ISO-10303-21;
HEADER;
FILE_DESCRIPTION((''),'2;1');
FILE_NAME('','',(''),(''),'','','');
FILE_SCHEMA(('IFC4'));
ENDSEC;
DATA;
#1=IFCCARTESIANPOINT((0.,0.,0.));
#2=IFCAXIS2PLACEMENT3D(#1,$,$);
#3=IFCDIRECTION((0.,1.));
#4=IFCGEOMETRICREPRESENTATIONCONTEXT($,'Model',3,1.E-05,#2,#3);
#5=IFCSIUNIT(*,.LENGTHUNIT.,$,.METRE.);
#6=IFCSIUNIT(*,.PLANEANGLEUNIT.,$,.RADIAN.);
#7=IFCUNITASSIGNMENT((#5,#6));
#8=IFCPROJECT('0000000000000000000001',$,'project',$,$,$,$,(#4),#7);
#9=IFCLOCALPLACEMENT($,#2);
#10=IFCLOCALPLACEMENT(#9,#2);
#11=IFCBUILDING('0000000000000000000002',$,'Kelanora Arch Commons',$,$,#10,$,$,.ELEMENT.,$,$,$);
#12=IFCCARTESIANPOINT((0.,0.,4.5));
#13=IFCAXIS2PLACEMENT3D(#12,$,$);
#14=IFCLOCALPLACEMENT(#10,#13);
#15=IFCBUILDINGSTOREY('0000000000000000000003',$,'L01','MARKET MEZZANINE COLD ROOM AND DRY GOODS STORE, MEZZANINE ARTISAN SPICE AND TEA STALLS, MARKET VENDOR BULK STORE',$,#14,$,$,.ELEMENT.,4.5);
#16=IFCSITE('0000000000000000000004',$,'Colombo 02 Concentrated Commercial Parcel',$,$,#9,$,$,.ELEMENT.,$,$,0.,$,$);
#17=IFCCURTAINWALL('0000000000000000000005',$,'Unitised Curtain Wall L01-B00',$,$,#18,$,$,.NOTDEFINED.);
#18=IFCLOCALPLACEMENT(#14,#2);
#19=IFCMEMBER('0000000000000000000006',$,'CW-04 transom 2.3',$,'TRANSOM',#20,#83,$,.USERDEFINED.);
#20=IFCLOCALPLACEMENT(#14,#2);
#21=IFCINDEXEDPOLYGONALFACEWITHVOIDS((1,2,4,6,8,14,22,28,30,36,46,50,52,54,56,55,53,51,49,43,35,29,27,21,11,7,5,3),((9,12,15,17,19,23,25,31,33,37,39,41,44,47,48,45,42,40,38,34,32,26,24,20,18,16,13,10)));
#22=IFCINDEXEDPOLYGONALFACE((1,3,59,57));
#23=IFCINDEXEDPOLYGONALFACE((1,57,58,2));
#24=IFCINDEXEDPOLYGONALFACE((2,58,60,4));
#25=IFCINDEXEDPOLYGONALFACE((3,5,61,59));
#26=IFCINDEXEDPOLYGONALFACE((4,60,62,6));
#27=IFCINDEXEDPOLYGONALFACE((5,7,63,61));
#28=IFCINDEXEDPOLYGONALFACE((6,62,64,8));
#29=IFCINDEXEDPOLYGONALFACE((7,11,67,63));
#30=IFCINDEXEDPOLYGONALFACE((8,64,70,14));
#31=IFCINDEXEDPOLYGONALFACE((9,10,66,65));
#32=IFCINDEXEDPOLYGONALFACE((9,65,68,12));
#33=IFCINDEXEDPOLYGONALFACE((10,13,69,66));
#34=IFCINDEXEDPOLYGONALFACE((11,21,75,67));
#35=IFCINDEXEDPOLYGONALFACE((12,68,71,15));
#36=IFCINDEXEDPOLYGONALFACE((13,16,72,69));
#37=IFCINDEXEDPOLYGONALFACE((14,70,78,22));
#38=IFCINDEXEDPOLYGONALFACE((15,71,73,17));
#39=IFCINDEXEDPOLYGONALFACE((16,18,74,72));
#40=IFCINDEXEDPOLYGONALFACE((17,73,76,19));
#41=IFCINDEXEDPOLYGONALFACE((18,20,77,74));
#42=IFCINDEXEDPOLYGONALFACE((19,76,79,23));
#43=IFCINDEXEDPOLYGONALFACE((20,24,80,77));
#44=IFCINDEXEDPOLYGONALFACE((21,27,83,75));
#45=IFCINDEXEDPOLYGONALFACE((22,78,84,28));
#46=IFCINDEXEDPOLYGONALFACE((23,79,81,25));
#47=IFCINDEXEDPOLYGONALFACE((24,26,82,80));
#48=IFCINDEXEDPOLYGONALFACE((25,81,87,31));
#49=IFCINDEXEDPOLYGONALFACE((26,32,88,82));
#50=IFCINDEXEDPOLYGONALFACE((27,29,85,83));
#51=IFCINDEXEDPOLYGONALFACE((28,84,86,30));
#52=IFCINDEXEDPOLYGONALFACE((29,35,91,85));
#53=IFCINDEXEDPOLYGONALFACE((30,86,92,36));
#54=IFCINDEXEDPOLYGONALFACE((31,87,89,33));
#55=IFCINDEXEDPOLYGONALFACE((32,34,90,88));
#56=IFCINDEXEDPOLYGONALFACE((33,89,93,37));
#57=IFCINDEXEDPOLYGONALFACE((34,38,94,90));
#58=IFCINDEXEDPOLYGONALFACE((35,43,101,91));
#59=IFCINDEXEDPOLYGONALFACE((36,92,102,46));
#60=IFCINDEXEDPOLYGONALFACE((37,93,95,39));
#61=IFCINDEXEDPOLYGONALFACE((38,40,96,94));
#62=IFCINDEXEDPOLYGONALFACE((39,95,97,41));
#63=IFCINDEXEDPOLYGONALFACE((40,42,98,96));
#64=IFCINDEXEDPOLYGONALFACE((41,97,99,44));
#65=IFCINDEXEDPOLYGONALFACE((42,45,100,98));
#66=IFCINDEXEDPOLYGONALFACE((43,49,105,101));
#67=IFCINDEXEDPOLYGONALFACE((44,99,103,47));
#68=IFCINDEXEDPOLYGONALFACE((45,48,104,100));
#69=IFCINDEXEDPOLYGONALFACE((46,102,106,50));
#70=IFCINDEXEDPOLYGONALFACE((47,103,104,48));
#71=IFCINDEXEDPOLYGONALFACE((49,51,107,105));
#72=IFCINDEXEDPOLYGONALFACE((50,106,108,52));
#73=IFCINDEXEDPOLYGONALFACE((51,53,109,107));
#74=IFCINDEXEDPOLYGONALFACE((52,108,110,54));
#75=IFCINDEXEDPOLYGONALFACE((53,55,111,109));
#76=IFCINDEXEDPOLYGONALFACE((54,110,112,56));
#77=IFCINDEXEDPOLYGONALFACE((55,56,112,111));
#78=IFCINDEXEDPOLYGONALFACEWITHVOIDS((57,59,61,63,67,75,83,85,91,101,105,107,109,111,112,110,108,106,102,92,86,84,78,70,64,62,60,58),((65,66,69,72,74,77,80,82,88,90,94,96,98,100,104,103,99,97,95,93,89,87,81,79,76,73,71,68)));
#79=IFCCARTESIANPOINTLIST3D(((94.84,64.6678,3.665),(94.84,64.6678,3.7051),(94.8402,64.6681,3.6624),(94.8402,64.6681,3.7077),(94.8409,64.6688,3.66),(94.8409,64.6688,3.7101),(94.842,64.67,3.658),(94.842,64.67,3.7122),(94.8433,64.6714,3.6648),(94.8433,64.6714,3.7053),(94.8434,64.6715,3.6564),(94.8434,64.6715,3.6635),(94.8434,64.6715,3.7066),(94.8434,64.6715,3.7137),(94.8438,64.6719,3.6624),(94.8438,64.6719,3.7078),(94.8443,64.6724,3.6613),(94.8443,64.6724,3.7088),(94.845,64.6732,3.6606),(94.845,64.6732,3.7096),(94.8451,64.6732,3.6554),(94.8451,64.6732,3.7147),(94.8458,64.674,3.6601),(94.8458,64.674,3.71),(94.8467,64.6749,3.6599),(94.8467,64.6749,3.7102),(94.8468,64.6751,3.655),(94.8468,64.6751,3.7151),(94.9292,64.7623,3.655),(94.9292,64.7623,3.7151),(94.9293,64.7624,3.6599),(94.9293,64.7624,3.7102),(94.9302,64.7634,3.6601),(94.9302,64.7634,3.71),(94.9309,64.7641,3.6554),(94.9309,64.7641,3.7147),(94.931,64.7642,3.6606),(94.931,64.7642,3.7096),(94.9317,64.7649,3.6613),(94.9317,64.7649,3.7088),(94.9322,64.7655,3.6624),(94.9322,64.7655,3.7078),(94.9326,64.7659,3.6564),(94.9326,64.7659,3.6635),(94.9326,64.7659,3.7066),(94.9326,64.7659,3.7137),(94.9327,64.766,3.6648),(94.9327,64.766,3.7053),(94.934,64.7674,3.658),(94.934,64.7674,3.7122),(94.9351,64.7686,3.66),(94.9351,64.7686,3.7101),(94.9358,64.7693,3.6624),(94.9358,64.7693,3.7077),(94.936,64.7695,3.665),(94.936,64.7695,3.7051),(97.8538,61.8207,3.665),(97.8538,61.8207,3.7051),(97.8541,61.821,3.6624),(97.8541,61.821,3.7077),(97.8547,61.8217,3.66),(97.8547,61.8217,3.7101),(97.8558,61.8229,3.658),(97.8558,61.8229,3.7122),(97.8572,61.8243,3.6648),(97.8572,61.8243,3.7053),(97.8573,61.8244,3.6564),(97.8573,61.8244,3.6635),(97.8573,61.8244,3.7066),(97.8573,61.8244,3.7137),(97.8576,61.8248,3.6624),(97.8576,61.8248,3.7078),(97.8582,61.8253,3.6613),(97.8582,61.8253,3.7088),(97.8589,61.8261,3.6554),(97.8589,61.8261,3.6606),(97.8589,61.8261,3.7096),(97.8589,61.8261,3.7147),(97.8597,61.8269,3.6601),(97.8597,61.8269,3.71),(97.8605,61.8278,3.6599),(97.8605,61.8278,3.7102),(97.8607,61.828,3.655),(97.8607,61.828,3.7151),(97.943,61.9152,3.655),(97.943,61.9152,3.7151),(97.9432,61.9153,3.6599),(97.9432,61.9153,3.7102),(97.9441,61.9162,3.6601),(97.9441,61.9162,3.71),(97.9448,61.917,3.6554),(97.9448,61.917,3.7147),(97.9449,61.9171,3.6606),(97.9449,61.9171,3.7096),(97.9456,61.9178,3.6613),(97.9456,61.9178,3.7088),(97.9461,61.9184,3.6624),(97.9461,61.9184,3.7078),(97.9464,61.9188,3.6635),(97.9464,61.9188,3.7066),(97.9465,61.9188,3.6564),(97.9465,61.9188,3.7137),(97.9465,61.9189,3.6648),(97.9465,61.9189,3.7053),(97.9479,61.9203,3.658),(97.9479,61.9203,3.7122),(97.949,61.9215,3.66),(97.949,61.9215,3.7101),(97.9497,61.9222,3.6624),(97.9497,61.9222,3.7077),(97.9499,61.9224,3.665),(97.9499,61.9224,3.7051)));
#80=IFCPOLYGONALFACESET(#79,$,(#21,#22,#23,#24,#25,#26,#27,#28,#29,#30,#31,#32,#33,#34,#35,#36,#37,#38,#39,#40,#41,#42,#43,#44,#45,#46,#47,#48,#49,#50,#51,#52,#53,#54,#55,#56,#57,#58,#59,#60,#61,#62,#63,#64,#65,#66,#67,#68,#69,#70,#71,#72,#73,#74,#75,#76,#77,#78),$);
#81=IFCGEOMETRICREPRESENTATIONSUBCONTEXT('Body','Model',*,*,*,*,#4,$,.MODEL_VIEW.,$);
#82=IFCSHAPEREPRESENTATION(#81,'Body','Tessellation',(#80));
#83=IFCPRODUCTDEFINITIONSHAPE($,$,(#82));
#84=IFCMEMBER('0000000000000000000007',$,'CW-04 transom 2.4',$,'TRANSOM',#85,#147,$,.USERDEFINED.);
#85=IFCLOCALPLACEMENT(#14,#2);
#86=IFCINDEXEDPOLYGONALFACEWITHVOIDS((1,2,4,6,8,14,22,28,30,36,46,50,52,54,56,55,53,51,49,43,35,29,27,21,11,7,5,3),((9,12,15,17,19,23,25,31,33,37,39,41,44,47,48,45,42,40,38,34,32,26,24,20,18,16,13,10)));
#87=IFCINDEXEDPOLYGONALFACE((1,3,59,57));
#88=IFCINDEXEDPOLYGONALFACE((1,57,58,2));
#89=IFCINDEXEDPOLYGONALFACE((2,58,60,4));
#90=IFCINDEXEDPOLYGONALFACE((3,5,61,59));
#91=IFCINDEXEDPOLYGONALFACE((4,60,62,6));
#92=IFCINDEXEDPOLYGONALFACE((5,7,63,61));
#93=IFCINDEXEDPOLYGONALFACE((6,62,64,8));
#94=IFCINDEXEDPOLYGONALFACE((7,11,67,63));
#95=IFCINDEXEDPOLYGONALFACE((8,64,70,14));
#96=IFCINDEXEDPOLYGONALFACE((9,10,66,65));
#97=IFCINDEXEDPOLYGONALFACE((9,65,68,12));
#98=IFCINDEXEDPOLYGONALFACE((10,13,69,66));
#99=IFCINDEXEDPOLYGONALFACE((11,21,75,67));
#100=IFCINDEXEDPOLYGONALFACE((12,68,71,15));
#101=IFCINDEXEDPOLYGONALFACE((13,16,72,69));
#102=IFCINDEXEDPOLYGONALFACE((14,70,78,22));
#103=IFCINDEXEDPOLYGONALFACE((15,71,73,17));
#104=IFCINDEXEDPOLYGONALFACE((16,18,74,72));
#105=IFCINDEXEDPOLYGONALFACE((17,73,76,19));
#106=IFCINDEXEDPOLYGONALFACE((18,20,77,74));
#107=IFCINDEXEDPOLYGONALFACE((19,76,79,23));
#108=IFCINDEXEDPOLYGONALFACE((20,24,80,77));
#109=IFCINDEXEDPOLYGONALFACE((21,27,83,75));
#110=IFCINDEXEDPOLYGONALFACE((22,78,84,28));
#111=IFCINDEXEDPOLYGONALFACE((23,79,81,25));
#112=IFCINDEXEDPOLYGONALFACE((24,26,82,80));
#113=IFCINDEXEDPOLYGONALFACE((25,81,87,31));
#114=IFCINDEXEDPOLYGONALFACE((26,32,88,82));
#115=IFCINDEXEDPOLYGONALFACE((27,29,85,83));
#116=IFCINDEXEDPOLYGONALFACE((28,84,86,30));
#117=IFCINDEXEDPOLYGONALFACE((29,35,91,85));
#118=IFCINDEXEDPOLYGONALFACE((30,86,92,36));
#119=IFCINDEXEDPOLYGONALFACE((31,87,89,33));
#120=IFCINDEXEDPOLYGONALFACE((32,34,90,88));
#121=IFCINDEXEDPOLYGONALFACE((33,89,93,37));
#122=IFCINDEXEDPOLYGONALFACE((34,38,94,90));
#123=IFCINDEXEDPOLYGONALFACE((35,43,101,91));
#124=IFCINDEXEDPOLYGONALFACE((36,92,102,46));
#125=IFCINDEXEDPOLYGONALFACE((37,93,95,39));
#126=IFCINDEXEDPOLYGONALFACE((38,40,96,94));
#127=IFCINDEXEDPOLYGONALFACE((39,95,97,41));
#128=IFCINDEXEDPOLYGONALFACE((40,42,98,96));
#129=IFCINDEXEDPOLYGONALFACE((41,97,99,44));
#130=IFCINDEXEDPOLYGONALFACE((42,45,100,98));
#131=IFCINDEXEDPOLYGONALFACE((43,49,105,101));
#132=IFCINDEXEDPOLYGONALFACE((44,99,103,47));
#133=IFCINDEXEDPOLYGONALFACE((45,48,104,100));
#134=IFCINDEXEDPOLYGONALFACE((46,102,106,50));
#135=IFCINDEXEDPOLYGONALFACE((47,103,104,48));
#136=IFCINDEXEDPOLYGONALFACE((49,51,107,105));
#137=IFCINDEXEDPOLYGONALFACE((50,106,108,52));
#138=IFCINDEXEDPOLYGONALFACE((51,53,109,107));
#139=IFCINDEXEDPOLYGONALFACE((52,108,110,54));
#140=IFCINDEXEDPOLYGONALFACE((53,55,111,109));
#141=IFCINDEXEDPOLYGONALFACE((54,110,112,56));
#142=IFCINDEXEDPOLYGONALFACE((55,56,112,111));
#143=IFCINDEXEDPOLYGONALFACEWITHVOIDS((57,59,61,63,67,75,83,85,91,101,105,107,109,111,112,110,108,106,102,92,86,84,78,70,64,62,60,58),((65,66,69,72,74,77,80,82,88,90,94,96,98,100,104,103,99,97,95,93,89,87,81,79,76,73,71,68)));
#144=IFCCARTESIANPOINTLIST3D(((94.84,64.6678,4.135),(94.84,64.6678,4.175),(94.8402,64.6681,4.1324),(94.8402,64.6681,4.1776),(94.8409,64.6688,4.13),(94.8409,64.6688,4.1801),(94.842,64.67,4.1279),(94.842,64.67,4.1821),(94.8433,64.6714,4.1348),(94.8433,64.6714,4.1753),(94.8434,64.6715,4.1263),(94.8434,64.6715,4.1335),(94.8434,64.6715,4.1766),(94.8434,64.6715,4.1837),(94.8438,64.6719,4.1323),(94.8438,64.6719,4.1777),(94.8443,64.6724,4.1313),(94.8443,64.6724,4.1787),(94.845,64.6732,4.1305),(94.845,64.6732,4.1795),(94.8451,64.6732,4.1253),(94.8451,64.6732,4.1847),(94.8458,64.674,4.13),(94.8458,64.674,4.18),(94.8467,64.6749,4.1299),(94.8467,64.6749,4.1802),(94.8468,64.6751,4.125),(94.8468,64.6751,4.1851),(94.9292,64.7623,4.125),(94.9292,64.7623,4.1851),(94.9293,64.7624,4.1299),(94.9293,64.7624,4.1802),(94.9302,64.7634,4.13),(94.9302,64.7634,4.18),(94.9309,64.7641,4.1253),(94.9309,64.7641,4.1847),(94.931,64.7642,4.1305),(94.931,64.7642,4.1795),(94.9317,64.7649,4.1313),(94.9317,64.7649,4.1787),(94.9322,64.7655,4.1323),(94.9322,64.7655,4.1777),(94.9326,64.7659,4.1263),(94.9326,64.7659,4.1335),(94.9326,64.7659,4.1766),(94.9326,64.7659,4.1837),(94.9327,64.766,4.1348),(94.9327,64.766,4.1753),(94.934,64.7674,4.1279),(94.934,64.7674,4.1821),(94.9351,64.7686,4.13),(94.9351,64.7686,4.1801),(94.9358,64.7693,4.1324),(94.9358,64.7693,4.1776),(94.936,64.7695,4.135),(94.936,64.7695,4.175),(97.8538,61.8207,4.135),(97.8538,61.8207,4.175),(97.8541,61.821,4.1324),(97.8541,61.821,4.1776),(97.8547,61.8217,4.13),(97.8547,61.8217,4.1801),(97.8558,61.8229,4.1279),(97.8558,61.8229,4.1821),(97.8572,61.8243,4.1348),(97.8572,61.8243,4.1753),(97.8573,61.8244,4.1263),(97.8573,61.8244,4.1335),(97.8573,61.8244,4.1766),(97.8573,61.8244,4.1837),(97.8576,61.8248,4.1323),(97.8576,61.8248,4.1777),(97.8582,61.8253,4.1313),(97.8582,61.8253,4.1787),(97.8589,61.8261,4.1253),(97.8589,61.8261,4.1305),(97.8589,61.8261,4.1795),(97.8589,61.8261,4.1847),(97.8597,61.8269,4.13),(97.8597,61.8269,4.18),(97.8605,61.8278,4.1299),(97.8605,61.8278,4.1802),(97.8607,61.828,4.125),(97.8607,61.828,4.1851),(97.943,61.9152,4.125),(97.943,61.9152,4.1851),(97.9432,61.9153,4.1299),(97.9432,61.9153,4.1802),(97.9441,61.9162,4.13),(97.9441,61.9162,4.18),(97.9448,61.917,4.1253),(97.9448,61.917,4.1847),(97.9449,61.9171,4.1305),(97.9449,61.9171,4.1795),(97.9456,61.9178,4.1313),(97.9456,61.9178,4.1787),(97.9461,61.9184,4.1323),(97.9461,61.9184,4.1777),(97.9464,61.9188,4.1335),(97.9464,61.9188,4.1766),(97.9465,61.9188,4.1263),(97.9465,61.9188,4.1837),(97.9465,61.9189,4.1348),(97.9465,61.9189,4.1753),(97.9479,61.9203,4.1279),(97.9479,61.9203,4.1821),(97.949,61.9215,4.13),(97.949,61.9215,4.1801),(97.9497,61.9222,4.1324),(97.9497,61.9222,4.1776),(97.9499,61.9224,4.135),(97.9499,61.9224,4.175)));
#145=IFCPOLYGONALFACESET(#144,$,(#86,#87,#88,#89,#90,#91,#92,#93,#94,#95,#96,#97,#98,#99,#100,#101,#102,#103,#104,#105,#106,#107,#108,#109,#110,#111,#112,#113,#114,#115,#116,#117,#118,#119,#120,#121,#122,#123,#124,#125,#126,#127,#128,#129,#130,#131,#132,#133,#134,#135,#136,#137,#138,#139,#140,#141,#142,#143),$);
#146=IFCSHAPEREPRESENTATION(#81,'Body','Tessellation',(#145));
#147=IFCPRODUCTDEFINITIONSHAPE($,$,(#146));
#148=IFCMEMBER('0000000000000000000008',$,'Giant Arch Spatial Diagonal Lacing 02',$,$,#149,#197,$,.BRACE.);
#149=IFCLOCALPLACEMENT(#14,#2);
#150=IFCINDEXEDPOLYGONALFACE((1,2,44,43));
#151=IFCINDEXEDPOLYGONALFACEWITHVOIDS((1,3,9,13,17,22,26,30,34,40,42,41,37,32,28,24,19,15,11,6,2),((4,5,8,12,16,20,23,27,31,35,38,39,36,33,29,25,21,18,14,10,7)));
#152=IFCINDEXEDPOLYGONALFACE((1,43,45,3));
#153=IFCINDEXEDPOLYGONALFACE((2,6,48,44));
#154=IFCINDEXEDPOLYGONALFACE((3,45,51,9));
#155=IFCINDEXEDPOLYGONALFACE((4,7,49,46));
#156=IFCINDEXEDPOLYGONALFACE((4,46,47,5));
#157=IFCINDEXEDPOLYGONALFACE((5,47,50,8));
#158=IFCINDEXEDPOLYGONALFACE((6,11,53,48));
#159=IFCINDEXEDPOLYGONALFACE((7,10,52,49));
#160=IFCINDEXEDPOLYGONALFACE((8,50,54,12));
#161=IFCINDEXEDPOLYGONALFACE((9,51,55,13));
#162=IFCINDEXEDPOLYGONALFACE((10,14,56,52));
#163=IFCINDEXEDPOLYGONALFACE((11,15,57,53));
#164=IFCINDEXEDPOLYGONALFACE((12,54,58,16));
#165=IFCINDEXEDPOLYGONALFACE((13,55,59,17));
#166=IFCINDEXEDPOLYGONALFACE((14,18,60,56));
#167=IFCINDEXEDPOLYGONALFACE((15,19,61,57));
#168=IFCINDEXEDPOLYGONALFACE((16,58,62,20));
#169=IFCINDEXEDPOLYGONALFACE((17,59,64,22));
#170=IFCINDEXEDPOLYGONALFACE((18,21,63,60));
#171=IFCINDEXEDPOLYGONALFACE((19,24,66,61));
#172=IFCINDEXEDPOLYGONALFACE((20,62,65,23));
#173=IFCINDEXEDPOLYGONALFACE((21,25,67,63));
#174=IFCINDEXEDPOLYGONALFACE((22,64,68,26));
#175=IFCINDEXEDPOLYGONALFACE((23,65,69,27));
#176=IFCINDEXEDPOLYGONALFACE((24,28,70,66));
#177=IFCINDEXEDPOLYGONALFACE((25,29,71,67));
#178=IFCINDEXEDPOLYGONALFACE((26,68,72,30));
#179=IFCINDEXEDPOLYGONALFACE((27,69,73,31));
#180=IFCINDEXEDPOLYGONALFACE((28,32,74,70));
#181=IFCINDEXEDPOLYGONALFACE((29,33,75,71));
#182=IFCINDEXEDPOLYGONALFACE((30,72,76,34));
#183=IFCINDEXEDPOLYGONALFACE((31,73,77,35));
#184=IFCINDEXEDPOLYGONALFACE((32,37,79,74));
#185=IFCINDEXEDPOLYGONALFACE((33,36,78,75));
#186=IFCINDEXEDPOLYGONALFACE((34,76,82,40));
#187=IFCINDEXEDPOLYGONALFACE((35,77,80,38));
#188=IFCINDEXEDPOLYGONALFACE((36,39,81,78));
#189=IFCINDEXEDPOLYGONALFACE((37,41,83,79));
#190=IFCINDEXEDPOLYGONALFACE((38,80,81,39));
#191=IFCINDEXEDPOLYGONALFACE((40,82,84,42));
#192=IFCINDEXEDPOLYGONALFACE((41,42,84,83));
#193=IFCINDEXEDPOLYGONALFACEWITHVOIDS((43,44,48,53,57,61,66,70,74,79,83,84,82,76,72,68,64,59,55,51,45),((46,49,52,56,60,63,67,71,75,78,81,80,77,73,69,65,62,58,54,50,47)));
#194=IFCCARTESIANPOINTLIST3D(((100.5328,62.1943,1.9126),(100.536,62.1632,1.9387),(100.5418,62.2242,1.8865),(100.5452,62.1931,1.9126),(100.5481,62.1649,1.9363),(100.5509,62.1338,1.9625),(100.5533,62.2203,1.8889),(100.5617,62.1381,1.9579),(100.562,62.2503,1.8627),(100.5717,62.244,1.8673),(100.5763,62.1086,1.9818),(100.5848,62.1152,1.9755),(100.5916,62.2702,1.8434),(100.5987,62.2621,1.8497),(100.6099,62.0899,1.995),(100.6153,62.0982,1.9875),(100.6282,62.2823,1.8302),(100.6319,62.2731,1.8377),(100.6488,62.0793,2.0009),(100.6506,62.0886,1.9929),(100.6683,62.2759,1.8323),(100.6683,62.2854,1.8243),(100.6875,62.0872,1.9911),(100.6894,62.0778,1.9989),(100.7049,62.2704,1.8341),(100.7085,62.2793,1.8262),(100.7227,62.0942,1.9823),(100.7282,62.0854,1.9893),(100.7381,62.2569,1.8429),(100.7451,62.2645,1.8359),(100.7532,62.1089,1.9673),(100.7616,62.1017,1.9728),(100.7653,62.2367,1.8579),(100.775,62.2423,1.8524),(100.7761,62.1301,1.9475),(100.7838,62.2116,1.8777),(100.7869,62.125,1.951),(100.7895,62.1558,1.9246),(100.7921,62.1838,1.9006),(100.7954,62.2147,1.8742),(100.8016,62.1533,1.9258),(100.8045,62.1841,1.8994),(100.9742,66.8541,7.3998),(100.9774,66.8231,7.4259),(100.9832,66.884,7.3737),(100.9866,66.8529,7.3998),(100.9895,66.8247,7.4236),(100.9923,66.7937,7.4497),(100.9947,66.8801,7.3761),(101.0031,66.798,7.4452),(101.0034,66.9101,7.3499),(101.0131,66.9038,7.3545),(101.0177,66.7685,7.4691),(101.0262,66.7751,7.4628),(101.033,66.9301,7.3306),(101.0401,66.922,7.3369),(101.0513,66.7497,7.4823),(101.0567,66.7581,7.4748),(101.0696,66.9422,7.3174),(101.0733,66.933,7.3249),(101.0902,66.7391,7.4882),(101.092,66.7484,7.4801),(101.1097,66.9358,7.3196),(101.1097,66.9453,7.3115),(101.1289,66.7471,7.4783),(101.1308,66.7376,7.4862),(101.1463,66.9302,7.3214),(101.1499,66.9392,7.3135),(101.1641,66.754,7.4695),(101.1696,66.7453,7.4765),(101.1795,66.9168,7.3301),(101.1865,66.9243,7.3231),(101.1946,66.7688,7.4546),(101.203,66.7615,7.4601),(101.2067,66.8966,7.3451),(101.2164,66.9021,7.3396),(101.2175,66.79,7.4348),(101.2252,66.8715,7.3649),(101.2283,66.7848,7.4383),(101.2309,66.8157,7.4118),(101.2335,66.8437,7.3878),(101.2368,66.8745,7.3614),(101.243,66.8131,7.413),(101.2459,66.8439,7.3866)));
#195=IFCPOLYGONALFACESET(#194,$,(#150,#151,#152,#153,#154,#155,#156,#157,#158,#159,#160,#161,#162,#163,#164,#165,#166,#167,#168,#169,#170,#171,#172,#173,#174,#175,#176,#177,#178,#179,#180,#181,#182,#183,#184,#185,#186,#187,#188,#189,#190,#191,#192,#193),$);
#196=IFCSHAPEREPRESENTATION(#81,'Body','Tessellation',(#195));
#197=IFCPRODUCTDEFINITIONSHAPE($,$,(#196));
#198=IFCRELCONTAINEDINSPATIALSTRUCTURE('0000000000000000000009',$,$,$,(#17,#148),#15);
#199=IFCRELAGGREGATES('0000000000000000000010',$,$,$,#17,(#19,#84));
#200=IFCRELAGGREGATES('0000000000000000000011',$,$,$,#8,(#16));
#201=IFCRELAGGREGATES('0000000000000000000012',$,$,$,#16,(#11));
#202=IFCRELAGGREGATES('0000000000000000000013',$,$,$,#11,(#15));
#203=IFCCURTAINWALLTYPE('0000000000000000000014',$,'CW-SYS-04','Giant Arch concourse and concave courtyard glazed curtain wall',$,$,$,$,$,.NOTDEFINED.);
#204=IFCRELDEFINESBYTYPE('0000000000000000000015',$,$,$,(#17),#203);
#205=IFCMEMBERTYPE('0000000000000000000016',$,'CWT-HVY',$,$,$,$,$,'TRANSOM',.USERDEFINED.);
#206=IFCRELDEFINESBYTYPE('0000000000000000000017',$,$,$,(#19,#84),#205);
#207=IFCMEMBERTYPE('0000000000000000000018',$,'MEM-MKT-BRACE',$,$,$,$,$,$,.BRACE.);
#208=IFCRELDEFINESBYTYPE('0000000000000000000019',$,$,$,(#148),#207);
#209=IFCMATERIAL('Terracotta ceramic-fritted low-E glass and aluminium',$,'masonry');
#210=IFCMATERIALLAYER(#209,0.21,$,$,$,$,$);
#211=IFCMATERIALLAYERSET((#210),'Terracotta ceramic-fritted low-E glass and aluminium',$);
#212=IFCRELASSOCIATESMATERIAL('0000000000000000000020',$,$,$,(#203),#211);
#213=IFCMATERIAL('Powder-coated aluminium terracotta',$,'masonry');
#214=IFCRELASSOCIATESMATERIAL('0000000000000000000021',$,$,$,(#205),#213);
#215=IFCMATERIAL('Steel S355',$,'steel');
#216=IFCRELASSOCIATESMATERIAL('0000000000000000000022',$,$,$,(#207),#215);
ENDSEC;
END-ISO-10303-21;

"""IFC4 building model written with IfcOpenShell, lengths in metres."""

from ifc_helpers import new_model, si_unit, direction, frame, origin, origin_2d, place, context, subcontext, project, spatial, hollow_rectangle, hollow_circle, extrude, material, layer, layer_set, material_profile, profile_set, type_object, element, aggregate, save


model = new_model("IFC4")

# Units and contexts
model_context = context("Model", 3, precision=1e-05, world=origin(), true_north=direction((0.0, 1.0)))
body_context = subcontext(model_context, "Body", "Model", "MODEL_VIEW")
ifc_project = project(units=[si_unit("LENGTHUNIT", "METRE"), si_unit("PLANEANGLEUNIT", "RADIAN")], contexts=[model_context])

# Site, building, storey
site_placement = place(None, origin())
site = spatial("IfcSite", under=ifc_project, at=site_placement, Name="Colombo 02 Concentrated Commercial Parcel", CompositionType="ELEMENT", RefElevation=0.0)
building_placement = place(site_placement, origin())
building = spatial("IfcBuilding", under=site, at=building_placement, Name="Kelanora Arch Commons", CompositionType="ELEMENT")
storey_placement = place(building_placement, frame((0.0, 0.0, 4.5)))
storey = spatial("IfcBuildingStorey", under=building, at=storey_placement, Name="L01", Description="MARKET MEZZANINE COLD ROOM AND DRY GOODS STORE, MEZZANINE ARTISAN SPICE AND TEA STALLS, MARKET VENDOR BULK STORE", CompositionType="ELEMENT", Elevation=4.5)

# Shared definitions
ifc_material_1 = material(Name="Steel S355", Category="steel")

# Curtain wall
ifc_material_2 = material(Name="Terracotta ceramic-fritted low-E glass and aluminium", Category="masonry")
ifc_layer_1 = layer(ifc_material_2, 0.21)
ifc_layer_set_1 = layer_set([ifc_layer_1], Name="Terracotta ceramic-fritted low-E glass and aluminium")
curtain_wall_type = type_object("IfcCurtainWallType", Name="CW-SYS-04", Description="Giant Arch concourse and concave courtyard glazed curtain wall", PredefinedType="NOTDEFINED", material=ifc_layer_set_1)
curtain_wall_1_placement = place(storey_placement, origin())
curtain_wall_1 = element("IfcCurtainWall", 1, at=curtain_wall_1_placement, inside=storey, type_object=curtain_wall_type, Name="Unitised Curtain Wall L01-B00", PredefinedType="NOTDEFINED")
ifc_material_3 = material(Name="Powder-coated aluminium terracotta", Category="masonry")

# Members
ifc_material_profile_1 = material_profile(ifc_material_3, hollow_rectangle(XDim=0.1399, YDim=0.0601, WallThickness=0.0049, InnerFilletRadius=0.0049, OuterFilletRadius=0.01, at=origin_2d()), Name="CWT140x60")
ifc_profile_set_1 = profile_set([ifc_material_profile_1], Name="Powder-coated aluminium terracotta")
member_type_1 = type_object("IfcMemberType", Name="CWT-HVY", ElementType="TRANSOM", PredefinedType="USERDEFINED", material=ifc_profile_set_1)
member_1_placement = place(storey_placement, frame((97.9019, 61.8716, 3.6851), z_axis=(-0.72693, 0.686712, 0.0), x_axis=(-0.686712, -0.72693, 0.0)))
member_1 = element("IfcMember", 2, at=member_1_placement, type_object=member_type_1, Name="CW-04 transom 2.3", ObjectType="TRANSOM", PredefinedType="USERDEFINED", context=body_context, shape_type="SweptSolid", body=[
    extrude(hollow_rectangle(XDim=0.1399, YDim=0.0601, WallThickness=0.0049, InnerFilletRadius=0.0049, OuterFilletRadius=0.01, at=origin_2d()), origin(), (0.0, 0.0, 1.0), 4.146),
])
member_2_placement = place(storey_placement, frame((97.9019, 61.8716, 4.155), z_axis=(-0.72693, 0.686712, 0.0), x_axis=(-0.686712, -0.72693, 0.0)))
member_2 = element("IfcMember", 3, at=member_2_placement, type_object=member_type_1, Name="CW-04 transom 2.4", ObjectType="TRANSOM", PredefinedType="USERDEFINED", context=body_context, shape_type="SweptSolid", body=[
    extrude(hollow_rectangle(XDim=0.1399, YDim=0.0601, WallThickness=0.0049, InnerFilletRadius=0.0049, OuterFilletRadius=0.01, at=origin_2d()), origin(), (0.0, 0.0, 1.0), 4.146),
])

# Member
ifc_material_profile_2 = material_profile(ifc_material_1, hollow_circle(Radius=0.1365, WallThickness=0.0125, at=origin_2d()), Name="CHS273x12.5")
ifc_profile_set_2 = profile_set([ifc_material_profile_2], Name="Steel S355")
member_type_2 = type_object("IfcMemberType", Name="MEM-MKT-BRACE", PredefinedType="BRACE", material=ifc_profile_set_2)
member_3_placement = place(storey_placement, frame((100.6687, 62.1814, 1.9126), z_axis=(0.0612, 0.646088, 0.760805), x_axis=(-0.995544, 0.094302, 0.0)))
element("IfcMember", 4, at=member_3_placement, inside=storey, type_object=member_type_2, Name="Giant Arch Spatial Diagonal Lacing 02", PredefinedType="BRACE", context=body_context, shape_type="SweptSolid", body=[
    extrude(hollow_circle(Radius=0.1365, WallThickness=0.0125, at=origin_2d()), origin(), (0.0, 0.0, 1.0), 7.2124),
])

aggregate(curtain_wall_1, [member_1, member_2])

save(model, "model.ifc")
